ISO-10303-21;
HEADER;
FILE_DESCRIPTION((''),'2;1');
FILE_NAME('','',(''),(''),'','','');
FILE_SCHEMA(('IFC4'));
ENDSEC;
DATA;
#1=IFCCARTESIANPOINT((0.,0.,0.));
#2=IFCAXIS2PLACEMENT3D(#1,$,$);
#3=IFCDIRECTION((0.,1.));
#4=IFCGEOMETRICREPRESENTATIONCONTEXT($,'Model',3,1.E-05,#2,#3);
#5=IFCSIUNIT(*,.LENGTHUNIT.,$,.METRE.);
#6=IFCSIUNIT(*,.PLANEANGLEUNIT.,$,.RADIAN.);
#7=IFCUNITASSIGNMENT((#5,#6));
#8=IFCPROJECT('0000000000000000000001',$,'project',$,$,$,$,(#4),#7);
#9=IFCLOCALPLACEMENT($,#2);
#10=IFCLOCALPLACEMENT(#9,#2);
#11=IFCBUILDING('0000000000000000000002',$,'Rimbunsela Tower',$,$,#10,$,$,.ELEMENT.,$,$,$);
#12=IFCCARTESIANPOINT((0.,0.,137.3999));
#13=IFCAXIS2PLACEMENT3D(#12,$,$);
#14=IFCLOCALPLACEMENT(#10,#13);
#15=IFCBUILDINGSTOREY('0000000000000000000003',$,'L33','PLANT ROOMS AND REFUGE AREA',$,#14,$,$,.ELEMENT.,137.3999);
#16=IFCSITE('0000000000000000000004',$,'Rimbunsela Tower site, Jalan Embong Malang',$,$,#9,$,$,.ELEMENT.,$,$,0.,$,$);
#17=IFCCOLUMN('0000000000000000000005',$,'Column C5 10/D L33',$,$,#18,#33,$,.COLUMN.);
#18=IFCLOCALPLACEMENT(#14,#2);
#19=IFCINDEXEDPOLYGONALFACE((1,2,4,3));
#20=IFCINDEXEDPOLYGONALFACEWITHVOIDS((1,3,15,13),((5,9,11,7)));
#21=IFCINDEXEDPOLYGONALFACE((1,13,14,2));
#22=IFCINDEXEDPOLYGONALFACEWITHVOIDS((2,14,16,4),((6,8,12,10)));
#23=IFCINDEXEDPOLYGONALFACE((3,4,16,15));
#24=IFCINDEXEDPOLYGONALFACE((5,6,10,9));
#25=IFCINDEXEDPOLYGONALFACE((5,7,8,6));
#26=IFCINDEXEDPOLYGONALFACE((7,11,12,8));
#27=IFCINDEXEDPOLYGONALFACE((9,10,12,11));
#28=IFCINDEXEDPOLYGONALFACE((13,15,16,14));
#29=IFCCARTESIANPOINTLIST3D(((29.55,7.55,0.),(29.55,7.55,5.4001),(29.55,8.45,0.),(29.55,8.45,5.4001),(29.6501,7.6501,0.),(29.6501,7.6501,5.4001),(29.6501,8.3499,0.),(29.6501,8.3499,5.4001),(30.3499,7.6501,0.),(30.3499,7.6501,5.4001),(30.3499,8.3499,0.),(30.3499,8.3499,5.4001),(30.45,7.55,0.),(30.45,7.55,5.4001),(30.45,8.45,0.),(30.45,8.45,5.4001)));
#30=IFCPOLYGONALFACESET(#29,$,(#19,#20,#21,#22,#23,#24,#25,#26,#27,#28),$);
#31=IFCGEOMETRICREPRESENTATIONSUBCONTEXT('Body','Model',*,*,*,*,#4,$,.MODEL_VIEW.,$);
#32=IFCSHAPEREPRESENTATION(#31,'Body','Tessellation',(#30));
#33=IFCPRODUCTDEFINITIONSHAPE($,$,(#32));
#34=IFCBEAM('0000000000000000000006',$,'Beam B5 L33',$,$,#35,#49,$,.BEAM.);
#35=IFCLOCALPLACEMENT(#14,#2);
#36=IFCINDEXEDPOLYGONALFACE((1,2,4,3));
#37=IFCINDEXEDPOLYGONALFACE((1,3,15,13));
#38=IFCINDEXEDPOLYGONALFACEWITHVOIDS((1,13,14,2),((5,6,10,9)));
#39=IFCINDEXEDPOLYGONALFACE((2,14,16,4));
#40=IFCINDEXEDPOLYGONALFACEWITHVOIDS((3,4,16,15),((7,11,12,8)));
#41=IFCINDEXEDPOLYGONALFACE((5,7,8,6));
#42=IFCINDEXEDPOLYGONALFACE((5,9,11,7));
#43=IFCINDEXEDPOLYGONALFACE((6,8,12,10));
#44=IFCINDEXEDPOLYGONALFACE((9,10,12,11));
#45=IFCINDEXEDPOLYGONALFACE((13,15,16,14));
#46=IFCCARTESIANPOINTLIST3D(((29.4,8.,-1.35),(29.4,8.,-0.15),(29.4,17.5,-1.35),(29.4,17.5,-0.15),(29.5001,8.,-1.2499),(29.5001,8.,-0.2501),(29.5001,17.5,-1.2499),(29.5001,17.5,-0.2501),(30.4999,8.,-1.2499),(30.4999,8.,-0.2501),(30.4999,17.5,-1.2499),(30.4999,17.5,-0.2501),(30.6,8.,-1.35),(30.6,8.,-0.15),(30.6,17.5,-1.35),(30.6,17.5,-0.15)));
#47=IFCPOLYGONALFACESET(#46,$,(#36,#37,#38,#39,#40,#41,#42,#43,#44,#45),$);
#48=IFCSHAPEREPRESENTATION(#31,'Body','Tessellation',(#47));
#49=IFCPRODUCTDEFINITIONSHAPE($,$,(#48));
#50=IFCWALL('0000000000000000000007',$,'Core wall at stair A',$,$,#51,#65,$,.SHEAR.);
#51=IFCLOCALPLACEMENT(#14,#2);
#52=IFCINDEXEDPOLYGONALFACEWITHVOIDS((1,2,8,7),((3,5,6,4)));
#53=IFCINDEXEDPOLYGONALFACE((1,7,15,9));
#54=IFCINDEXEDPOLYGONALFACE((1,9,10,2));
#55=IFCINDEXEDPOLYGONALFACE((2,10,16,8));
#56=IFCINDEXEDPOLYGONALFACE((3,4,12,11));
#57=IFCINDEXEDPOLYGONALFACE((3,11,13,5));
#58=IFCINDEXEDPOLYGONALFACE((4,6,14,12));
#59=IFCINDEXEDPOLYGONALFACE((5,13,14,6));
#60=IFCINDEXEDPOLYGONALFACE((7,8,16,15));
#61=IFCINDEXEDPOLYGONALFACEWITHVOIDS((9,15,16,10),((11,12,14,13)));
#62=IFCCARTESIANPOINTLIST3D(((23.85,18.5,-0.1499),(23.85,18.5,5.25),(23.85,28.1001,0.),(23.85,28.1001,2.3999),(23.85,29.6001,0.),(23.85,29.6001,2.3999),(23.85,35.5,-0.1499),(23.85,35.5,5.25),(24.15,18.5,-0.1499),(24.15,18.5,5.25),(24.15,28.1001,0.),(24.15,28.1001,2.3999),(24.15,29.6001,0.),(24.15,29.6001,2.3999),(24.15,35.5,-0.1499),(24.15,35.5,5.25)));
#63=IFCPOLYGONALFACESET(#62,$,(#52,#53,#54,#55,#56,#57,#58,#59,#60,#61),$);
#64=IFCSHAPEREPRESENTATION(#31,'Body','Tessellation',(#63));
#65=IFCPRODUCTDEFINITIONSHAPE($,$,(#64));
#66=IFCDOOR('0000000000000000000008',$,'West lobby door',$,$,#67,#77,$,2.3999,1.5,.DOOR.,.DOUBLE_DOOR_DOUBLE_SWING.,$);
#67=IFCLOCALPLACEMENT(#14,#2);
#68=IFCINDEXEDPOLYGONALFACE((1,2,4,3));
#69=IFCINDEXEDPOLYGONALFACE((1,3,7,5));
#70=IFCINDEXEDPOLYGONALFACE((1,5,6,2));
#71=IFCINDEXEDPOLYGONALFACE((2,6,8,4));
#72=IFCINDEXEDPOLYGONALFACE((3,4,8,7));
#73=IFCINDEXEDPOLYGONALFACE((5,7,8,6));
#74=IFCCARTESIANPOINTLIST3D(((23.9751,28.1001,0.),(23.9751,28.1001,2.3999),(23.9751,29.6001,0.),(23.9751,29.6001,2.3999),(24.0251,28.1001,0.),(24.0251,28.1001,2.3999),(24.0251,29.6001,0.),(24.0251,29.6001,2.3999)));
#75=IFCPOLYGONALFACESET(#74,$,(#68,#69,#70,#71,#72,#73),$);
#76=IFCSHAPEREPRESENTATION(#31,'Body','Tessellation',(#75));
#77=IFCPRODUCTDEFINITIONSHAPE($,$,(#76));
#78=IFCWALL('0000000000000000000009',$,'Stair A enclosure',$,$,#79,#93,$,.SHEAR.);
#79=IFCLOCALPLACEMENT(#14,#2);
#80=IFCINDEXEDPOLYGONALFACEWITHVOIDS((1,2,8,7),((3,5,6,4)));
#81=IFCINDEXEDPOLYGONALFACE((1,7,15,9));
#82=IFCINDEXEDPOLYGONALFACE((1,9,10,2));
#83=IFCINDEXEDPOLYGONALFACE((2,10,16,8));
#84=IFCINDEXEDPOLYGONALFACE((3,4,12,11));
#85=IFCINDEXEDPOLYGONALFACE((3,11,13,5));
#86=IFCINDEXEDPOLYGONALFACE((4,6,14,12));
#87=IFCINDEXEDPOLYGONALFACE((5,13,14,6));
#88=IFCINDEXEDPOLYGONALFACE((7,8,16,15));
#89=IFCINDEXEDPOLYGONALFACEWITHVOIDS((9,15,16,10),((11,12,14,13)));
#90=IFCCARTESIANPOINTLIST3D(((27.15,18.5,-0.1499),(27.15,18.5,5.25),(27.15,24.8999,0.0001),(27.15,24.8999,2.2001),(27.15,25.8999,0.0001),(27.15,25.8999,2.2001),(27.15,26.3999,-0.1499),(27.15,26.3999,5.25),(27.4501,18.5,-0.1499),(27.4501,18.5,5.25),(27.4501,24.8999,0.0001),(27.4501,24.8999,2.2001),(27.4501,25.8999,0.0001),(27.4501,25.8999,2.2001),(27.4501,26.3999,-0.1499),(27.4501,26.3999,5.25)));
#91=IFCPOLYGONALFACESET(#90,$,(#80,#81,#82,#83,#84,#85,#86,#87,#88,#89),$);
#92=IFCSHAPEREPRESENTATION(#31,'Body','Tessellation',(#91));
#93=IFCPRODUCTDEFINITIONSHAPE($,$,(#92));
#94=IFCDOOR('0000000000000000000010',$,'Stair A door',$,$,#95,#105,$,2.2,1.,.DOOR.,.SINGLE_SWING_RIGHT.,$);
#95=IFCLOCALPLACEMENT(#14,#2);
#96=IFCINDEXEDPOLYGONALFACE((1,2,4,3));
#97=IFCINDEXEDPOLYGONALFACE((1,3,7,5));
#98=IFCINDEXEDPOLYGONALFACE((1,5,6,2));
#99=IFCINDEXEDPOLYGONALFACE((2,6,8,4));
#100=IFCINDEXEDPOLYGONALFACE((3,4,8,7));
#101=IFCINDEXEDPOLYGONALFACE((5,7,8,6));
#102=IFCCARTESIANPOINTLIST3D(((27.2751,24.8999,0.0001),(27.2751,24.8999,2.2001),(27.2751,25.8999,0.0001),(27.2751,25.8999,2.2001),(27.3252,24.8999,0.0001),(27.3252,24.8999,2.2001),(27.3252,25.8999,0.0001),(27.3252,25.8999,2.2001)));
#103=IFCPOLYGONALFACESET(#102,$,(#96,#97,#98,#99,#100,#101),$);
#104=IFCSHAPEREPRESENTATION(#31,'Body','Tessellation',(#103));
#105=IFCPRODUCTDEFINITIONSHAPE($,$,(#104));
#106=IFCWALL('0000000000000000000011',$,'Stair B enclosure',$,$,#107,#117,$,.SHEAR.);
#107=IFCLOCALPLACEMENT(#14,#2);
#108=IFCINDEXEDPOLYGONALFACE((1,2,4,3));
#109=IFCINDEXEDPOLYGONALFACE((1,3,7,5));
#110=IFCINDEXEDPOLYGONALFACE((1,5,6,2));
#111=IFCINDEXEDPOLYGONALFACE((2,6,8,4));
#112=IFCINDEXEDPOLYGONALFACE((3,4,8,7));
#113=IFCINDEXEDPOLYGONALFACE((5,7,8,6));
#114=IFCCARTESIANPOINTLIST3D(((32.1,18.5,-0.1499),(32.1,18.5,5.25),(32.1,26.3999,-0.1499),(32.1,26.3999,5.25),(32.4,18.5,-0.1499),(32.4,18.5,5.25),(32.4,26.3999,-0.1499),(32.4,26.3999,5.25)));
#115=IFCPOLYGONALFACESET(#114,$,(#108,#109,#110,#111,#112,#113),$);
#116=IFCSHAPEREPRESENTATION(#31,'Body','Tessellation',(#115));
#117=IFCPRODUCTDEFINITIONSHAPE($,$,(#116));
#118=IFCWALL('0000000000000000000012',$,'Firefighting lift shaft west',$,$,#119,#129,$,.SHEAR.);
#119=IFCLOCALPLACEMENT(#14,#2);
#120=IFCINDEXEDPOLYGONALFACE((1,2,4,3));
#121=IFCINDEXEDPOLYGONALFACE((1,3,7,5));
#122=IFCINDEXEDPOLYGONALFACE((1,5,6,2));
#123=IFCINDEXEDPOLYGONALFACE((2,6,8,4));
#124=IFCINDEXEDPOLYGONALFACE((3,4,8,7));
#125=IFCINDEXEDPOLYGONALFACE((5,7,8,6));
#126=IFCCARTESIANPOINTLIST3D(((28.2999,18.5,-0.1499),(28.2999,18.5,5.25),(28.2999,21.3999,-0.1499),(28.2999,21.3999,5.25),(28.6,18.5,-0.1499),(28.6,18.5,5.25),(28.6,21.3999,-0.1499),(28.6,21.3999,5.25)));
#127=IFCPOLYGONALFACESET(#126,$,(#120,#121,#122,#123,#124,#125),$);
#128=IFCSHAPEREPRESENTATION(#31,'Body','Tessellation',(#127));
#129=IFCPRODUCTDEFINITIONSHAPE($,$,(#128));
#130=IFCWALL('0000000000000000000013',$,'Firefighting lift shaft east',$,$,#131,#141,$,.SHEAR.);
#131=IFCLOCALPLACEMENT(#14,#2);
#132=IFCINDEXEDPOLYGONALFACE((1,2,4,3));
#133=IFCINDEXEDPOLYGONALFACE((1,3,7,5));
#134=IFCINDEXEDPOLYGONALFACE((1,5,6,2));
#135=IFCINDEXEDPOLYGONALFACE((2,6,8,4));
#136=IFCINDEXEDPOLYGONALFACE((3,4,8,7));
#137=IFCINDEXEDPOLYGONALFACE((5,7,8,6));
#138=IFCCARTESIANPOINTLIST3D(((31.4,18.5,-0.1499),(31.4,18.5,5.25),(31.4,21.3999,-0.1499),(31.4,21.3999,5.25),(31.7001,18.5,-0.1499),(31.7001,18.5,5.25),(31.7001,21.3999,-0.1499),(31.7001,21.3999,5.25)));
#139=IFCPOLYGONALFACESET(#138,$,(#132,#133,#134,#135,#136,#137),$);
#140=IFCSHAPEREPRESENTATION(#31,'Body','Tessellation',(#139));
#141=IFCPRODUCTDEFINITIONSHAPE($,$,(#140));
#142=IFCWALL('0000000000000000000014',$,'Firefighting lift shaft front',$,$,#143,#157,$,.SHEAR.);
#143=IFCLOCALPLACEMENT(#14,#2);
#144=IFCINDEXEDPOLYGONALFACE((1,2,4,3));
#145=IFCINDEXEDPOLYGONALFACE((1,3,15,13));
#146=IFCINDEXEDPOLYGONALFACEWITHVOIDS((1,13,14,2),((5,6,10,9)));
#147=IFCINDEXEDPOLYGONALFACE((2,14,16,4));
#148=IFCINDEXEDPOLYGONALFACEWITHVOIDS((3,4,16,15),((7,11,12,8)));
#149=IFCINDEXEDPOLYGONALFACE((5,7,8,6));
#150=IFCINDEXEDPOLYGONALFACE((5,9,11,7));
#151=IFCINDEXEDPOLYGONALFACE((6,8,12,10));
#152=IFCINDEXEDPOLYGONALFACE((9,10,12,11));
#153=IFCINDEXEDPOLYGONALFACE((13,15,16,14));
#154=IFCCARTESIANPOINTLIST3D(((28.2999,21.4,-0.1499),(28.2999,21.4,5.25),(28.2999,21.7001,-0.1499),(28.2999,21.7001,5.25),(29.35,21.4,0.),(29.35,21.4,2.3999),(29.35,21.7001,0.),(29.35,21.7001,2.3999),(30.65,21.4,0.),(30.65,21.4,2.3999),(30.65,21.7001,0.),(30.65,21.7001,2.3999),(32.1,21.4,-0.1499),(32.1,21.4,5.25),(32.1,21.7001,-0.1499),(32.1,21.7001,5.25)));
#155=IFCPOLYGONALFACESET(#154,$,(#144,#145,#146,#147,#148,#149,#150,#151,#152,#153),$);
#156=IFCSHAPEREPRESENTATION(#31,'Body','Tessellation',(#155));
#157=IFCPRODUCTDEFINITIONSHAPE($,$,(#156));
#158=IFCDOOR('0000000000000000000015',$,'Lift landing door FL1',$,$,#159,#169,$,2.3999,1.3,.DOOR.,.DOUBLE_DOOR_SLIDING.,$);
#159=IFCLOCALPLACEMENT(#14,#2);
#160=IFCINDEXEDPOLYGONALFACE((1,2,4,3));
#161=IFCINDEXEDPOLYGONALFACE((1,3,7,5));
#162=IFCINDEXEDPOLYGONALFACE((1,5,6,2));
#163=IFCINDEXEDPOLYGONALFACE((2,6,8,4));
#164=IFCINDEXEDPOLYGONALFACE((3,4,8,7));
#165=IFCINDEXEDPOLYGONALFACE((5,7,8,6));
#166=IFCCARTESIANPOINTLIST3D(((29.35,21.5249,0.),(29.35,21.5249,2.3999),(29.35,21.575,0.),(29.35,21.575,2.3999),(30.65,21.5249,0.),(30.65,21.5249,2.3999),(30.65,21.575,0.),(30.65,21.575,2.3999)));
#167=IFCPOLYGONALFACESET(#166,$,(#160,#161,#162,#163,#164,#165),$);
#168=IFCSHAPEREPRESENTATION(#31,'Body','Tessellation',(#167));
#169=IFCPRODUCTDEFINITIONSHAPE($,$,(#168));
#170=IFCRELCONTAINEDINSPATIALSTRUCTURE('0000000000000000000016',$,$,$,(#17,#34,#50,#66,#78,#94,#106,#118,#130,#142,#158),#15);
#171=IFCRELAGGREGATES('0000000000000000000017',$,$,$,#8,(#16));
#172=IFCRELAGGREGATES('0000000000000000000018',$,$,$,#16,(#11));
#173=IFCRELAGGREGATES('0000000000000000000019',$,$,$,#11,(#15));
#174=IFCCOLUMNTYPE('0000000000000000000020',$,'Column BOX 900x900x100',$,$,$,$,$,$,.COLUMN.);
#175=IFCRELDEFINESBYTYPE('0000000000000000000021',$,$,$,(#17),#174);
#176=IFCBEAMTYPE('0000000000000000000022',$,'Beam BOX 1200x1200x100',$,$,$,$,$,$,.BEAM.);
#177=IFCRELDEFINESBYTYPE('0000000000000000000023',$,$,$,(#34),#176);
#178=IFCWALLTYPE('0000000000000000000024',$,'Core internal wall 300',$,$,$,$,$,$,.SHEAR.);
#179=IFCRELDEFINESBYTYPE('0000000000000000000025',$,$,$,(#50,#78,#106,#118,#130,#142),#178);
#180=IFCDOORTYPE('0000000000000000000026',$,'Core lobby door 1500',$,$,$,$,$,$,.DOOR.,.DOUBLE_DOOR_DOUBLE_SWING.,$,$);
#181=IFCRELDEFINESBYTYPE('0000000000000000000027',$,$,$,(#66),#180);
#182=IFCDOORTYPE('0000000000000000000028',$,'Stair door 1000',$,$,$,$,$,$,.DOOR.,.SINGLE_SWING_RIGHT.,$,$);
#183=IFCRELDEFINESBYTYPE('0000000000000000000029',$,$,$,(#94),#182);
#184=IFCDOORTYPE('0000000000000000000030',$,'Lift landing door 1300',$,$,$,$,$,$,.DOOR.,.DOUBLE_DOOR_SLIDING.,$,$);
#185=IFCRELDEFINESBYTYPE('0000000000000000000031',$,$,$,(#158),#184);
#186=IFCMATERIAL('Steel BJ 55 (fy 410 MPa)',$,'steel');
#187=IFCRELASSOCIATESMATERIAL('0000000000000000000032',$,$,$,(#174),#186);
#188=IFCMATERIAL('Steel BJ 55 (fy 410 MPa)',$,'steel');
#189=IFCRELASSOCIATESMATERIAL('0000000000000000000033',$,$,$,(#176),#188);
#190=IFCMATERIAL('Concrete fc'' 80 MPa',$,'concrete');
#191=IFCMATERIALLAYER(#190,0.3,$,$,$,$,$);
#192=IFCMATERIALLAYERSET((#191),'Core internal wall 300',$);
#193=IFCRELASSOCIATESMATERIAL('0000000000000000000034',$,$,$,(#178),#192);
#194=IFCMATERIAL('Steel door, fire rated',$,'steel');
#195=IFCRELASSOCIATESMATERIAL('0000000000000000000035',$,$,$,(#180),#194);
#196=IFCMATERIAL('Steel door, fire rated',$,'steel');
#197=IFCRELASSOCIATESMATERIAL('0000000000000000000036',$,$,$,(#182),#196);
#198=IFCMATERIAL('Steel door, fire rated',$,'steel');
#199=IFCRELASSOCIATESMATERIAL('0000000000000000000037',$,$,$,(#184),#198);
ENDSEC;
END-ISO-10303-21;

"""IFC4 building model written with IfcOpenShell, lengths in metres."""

from ifc_helpers import new_model, si_unit, direction, frame, frame_2d, origin, origin_2d, place, context, subcontext, project, spatial, rectangle, hollow_rectangle, extrude, material, layer, layer_set, material_profile, profile_set, type_object, element, fill, save


model = new_model("IFC4")

# Units and contexts
model_context = context("Model", 3, precision=1e-05, world=origin(), true_north=direction((0.0, 1.0)))
body_context = subcontext(model_context, "Body", "Model", "MODEL_VIEW")
ifc_project = project(units=[si_unit("LENGTHUNIT", "METRE"), si_unit("PLANEANGLEUNIT", "RADIAN")], contexts=[model_context])

# Site, building, storey
site_placement = place(None, origin())
site = spatial("IfcSite", under=ifc_project, at=site_placement, Name="Rimbunsela Tower site, Jalan Embong Malang", CompositionType="ELEMENT", RefElevation=0.0)
building_placement = place(site_placement, origin())
building = spatial("IfcBuilding", under=site, at=building_placement, Name="Rimbunsela Tower", CompositionType="ELEMENT")
storey_placement = place(building_placement, frame((0.0, 0.0, 137.3999)))
storey = spatial("IfcBuildingStorey", under=building, at=storey_placement, Name="L33", Description="PLANT ROOMS AND REFUGE AREA", CompositionType="ELEMENT", Elevation=137.3999)

# Column
ifc_material_1 = material(Name="Steel BJ 55 (fy 410 MPa)", Category="steel")
ifc_material_profile_1 = material_profile(ifc_material_1, hollow_rectangle(XDim=0.8999, YDim=0.8999, WallThickness=0.1001, at=origin_2d()), Name="BOX 900x900x100")
ifc_profile_set_1 = profile_set([ifc_material_profile_1], Name="Steel BJ 55 (fy 410 MPa)")
column_type = type_object("IfcColumnType", Name="Column BOX 900x900x100", PredefinedType="COLUMN", material=ifc_profile_set_1)
column_placement = place(storey_placement, frame((30.0, 8.0, 0.0), z_axis=(0.0, 0.0, 1.0), x_axis=(1.0, 0.0, 0.0)))
element("IfcColumn", 1, at=column_placement, inside=storey, type_object=column_type, Name="Column C5 10/D L33", PredefinedType="COLUMN", context=body_context, shape_type="SweptSolid", body=[
    extrude(hollow_rectangle(XDim=0.8999, YDim=0.8999, WallThickness=0.1001, at=origin_2d()), origin(), (0.0, 0.0, 1.0), 5.4001),
])

# Beam
ifc_material_2 = material(Name="Steel BJ 55 (fy 410 MPa)", Category="steel")
ifc_material_profile_2 = material_profile(ifc_material_2, hollow_rectangle(XDim=1.2, YDim=1.2, WallThickness=0.1001, at=origin_2d()), Name="BOX 1200x1200x100")
ifc_profile_set_2 = profile_set([ifc_material_profile_2], Name="Steel BJ 55 (fy 410 MPa)")
beam_type = type_object("IfcBeamType", Name="Beam BOX 1200x1200x100", PredefinedType="BEAM", material=ifc_profile_set_2)
beam_placement = place(storey_placement, frame((30.0, 8.0, -0.75), z_axis=(0.0, 1.0, 0.0), x_axis=(-1.0, 0.0, 0.0)))
element("IfcBeam", 2, at=beam_placement, inside=storey, type_object=beam_type, Name="Beam B5 L33", PredefinedType="BEAM", context=body_context, shape_type="SweptSolid", body=[
    extrude(hollow_rectangle(XDim=1.2, YDim=1.2, WallThickness=0.1001, at=origin_2d()), origin(), (0.0, 0.0, 1.0), 9.5),
])

# Walls, openings, doors
ifc_material_3 = material(Name="Concrete fc' 80 MPa", Category="concrete")
ifc_layer_1 = layer(ifc_material_3, 0.3)
ifc_layer_set_1 = layer_set([ifc_layer_1], Name="Core internal wall 300")
wall_type_1 = type_object("IfcWallType", Name="Core internal wall 300", PredefinedType="SHEAR", material=ifc_layer_set_1)
wall_1_placement = place(storey_placement, frame((24.0, 18.5, -0.1499), z_axis=(0.0, 0.0, 1.0), x_axis=(0.0, 1.0, 0.0)))
wall_1 = element("IfcWall", 3, at=wall_1_placement, inside=storey, type_object=wall_type_1, Name="Core wall at stair A", PredefinedType="SHEAR", context=body_context, shape_type="SweptSolid", body=[
    extrude(rectangle(XDim=17.0, YDim=0.3, at=frame_2d((8.5, 0.0))), origin(), (0.0, 0.0, 1.0), 5.3999),
])
opening_1_placement = place(wall_1_placement, frame((9.6001, 0.0, 0.1499)))
opening_1 = element("IfcOpeningElement", 4, at=opening_1_placement, cuts=wall_1, PredefinedType="OPENING", context=body_context, shape_type="SweptSolid", body=[
    extrude(rectangle(XDim=1.5, YDim=2.3999, at=frame_2d((0.75, 1.2))), frame((0.0, 0.1599, 0.0), z_axis=(0.0, -1.0, 0.0), x_axis=(1.0, 0.0, 0.0)), (0.0, 0.0, 1.0), 0.3201),
])
ifc_material_4 = material(Name="Steel door, fire rated", Category="steel")
door_type_1 = type_object("IfcDoorType", Name="Core lobby door 1500", OperationType="DOUBLE_DOOR_DOUBLE_SWING", PredefinedType="DOOR", material=ifc_material_4)
door_1_placement = place(opening_1_placement, origin())
door_1 = element("IfcDoor", 5, at=door_1_placement, inside=storey, type_object=door_type_1, Name="West lobby door", OperationType="DOUBLE_DOOR_DOUBLE_SWING", OverallHeight=2.3999, OverallWidth=1.5, PredefinedType="DOOR", context=body_context, shape_type="SweptSolid", body=[
    extrude(rectangle(XDim=1.5, YDim=2.3999, at=frame_2d((0.75, 1.2))), frame((0.0, 0.0249, 0.0), z_axis=(0.0, -1.0, 0.0), x_axis=(1.0, 0.0, 0.0)), (0.0, 0.0, 1.0), 0.05),
])
fill(opening_1, door_1)
wall_2_placement = place(storey_placement, frame((27.3, 18.5, -0.1499), z_axis=(0.0, 0.0, 1.0), x_axis=(0.0, 1.0, 0.0)))
wall_2 = element("IfcWall", 6, at=wall_2_placement, inside=storey, type_object=wall_type_1, Name="Stair A enclosure", PredefinedType="SHEAR", context=body_context, shape_type="SweptSolid", body=[
    extrude(rectangle(XDim=7.8999, YDim=0.3, at=frame_2d((3.95, 0.0))), origin(), (0.0, 0.0, 1.0), 5.3999),
])
opening_2_placement = place(wall_2_placement, frame((6.3999, 0.0, 0.1499)))
opening_2 = element("IfcOpeningElement", 7, at=opening_2_placement, cuts=wall_2, PredefinedType="OPENING", context=body_context, shape_type="SweptSolid", body=[
    extrude(rectangle(XDim=1.0, YDim=2.2, at=frame_2d((0.5, 1.1001))), frame((0.0, 0.1599, 0.0), z_axis=(0.0, -1.0, 0.0), x_axis=(1.0, 0.0, 0.0)), (0.0, 0.0, 1.0), 0.3201),
])
ifc_material_5 = material(Name="Steel door, fire rated", Category="steel")
door_type_2 = type_object("IfcDoorType", Name="Stair door 1000", OperationType="SINGLE_SWING_RIGHT", PredefinedType="DOOR", material=ifc_material_5)
door_2_placement = place(opening_2_placement, origin())
door_2 = element("IfcDoor", 8, at=door_2_placement, inside=storey, type_object=door_type_2, Name="Stair A door", OperationType="SINGLE_SWING_RIGHT", OverallHeight=2.2, OverallWidth=1.0, PredefinedType="DOOR", context=body_context, shape_type="SweptSolid", body=[
    extrude(rectangle(XDim=1.0, YDim=2.2, at=frame_2d((0.5, 1.1001))), frame((0.0, 0.0249, 0.0), z_axis=(0.0, -1.0, 0.0), x_axis=(1.0, 0.0, 0.0)), (0.0, 0.0, 1.0), 0.05),
])
fill(opening_2, door_2)

# Walls
wall_3_placement = place(storey_placement, frame((32.25, 18.5, -0.1499), z_axis=(0.0, 0.0, 1.0), x_axis=(0.0, 1.0, 0.0)))
element("IfcWall", 9, at=wall_3_placement, inside=storey, type_object=wall_type_1, Name="Stair B enclosure", PredefinedType="SHEAR", context=body_context, shape_type="SweptSolid", body=[
    extrude(rectangle(XDim=7.8999, YDim=0.3, at=frame_2d((3.95, 0.0))), origin(), (0.0, 0.0, 1.0), 5.3999),
])
for number, where, z_axis, x_axis, name in (
    (10, (28.45, 18.5, -0.1499), (0.0, 0.0, 1.0), (0.0, 1.0, 0.0), "Firefighting lift shaft west"),
    (11, (31.55, 18.5, -0.1499), (0.0, 0.0, 1.0), (0.0, 1.0, 0.0), "Firefighting lift shaft east"),
):
    element("IfcWall", number, at=place(storey_placement, frame(where, z_axis=z_axis, x_axis=x_axis)), inside=storey, type_object=wall_type_1, Name=name, PredefinedType="SHEAR", context=body_context, shape_type="SweptSolid", body=[
        extrude(rectangle(XDim=2.8999, YDim=0.3, at=frame_2d((1.45, 0.0))), origin(), (0.0, 0.0, 1.0), 5.3999),
    ])

# Wall, opening, door
wall_4_placement = place(storey_placement, frame((28.3, 21.55, -0.1499), z_axis=(0.0, 0.0, 1.0), x_axis=(1.0, 0.0, 0.0)))
wall_4 = element("IfcWall", 12, at=wall_4_placement, inside=storey, type_object=wall_type_1, Name="Firefighting lift shaft front", PredefinedType="SHEAR", context=body_context, shape_type="SweptSolid", body=[
    extrude(rectangle(XDim=3.8, YDim=0.3, at=frame_2d((1.8999, 0.0))), origin(), (0.0, 0.0, 1.0), 5.3999),
])
opening_3_placement = place(wall_4_placement, frame((1.05, 0.0, 0.1499)))
opening_3 = element("IfcOpeningElement", 13, at=opening_3_placement, cuts=wall_4, PredefinedType="OPENING", context=body_context, shape_type="SweptSolid", body=[
    extrude(rectangle(XDim=1.3, YDim=2.3999, at=frame_2d((0.6499, 1.2))), frame((0.0, 0.1599, 0.0), z_axis=(0.0, -1.0, 0.0), x_axis=(1.0, 0.0, 0.0)), (0.0, 0.0, 1.0), 0.3201),
])
ifc_material_6 = material(Name="Steel door, fire rated", Category="steel")
door_type_3 = type_object("IfcDoorType", Name="Lift landing door 1300", OperationType="DOUBLE_DOOR_SLIDING", PredefinedType="DOOR", material=ifc_material_6)
door_3_placement = place(opening_3_placement, origin())
door_3 = element("IfcDoor", 14, at=door_3_placement, inside=storey, type_object=door_type_3, Name="Lift landing door FL1", OperationType="DOUBLE_DOOR_SLIDING", OverallHeight=2.3999, OverallWidth=1.3, PredefinedType="DOOR", context=body_context, shape_type="SweptSolid", body=[
    extrude(rectangle(XDim=1.3, YDim=2.3999, at=frame_2d((0.6499, 1.2))), frame((0.0, 0.0249, 0.0), z_axis=(0.0, -1.0, 0.0), x_axis=(1.0, 0.0, 0.0)), (0.0, 0.0, 1.0), 0.05),
])
fill(opening_3, door_3)

save(model, "model.ifc")
